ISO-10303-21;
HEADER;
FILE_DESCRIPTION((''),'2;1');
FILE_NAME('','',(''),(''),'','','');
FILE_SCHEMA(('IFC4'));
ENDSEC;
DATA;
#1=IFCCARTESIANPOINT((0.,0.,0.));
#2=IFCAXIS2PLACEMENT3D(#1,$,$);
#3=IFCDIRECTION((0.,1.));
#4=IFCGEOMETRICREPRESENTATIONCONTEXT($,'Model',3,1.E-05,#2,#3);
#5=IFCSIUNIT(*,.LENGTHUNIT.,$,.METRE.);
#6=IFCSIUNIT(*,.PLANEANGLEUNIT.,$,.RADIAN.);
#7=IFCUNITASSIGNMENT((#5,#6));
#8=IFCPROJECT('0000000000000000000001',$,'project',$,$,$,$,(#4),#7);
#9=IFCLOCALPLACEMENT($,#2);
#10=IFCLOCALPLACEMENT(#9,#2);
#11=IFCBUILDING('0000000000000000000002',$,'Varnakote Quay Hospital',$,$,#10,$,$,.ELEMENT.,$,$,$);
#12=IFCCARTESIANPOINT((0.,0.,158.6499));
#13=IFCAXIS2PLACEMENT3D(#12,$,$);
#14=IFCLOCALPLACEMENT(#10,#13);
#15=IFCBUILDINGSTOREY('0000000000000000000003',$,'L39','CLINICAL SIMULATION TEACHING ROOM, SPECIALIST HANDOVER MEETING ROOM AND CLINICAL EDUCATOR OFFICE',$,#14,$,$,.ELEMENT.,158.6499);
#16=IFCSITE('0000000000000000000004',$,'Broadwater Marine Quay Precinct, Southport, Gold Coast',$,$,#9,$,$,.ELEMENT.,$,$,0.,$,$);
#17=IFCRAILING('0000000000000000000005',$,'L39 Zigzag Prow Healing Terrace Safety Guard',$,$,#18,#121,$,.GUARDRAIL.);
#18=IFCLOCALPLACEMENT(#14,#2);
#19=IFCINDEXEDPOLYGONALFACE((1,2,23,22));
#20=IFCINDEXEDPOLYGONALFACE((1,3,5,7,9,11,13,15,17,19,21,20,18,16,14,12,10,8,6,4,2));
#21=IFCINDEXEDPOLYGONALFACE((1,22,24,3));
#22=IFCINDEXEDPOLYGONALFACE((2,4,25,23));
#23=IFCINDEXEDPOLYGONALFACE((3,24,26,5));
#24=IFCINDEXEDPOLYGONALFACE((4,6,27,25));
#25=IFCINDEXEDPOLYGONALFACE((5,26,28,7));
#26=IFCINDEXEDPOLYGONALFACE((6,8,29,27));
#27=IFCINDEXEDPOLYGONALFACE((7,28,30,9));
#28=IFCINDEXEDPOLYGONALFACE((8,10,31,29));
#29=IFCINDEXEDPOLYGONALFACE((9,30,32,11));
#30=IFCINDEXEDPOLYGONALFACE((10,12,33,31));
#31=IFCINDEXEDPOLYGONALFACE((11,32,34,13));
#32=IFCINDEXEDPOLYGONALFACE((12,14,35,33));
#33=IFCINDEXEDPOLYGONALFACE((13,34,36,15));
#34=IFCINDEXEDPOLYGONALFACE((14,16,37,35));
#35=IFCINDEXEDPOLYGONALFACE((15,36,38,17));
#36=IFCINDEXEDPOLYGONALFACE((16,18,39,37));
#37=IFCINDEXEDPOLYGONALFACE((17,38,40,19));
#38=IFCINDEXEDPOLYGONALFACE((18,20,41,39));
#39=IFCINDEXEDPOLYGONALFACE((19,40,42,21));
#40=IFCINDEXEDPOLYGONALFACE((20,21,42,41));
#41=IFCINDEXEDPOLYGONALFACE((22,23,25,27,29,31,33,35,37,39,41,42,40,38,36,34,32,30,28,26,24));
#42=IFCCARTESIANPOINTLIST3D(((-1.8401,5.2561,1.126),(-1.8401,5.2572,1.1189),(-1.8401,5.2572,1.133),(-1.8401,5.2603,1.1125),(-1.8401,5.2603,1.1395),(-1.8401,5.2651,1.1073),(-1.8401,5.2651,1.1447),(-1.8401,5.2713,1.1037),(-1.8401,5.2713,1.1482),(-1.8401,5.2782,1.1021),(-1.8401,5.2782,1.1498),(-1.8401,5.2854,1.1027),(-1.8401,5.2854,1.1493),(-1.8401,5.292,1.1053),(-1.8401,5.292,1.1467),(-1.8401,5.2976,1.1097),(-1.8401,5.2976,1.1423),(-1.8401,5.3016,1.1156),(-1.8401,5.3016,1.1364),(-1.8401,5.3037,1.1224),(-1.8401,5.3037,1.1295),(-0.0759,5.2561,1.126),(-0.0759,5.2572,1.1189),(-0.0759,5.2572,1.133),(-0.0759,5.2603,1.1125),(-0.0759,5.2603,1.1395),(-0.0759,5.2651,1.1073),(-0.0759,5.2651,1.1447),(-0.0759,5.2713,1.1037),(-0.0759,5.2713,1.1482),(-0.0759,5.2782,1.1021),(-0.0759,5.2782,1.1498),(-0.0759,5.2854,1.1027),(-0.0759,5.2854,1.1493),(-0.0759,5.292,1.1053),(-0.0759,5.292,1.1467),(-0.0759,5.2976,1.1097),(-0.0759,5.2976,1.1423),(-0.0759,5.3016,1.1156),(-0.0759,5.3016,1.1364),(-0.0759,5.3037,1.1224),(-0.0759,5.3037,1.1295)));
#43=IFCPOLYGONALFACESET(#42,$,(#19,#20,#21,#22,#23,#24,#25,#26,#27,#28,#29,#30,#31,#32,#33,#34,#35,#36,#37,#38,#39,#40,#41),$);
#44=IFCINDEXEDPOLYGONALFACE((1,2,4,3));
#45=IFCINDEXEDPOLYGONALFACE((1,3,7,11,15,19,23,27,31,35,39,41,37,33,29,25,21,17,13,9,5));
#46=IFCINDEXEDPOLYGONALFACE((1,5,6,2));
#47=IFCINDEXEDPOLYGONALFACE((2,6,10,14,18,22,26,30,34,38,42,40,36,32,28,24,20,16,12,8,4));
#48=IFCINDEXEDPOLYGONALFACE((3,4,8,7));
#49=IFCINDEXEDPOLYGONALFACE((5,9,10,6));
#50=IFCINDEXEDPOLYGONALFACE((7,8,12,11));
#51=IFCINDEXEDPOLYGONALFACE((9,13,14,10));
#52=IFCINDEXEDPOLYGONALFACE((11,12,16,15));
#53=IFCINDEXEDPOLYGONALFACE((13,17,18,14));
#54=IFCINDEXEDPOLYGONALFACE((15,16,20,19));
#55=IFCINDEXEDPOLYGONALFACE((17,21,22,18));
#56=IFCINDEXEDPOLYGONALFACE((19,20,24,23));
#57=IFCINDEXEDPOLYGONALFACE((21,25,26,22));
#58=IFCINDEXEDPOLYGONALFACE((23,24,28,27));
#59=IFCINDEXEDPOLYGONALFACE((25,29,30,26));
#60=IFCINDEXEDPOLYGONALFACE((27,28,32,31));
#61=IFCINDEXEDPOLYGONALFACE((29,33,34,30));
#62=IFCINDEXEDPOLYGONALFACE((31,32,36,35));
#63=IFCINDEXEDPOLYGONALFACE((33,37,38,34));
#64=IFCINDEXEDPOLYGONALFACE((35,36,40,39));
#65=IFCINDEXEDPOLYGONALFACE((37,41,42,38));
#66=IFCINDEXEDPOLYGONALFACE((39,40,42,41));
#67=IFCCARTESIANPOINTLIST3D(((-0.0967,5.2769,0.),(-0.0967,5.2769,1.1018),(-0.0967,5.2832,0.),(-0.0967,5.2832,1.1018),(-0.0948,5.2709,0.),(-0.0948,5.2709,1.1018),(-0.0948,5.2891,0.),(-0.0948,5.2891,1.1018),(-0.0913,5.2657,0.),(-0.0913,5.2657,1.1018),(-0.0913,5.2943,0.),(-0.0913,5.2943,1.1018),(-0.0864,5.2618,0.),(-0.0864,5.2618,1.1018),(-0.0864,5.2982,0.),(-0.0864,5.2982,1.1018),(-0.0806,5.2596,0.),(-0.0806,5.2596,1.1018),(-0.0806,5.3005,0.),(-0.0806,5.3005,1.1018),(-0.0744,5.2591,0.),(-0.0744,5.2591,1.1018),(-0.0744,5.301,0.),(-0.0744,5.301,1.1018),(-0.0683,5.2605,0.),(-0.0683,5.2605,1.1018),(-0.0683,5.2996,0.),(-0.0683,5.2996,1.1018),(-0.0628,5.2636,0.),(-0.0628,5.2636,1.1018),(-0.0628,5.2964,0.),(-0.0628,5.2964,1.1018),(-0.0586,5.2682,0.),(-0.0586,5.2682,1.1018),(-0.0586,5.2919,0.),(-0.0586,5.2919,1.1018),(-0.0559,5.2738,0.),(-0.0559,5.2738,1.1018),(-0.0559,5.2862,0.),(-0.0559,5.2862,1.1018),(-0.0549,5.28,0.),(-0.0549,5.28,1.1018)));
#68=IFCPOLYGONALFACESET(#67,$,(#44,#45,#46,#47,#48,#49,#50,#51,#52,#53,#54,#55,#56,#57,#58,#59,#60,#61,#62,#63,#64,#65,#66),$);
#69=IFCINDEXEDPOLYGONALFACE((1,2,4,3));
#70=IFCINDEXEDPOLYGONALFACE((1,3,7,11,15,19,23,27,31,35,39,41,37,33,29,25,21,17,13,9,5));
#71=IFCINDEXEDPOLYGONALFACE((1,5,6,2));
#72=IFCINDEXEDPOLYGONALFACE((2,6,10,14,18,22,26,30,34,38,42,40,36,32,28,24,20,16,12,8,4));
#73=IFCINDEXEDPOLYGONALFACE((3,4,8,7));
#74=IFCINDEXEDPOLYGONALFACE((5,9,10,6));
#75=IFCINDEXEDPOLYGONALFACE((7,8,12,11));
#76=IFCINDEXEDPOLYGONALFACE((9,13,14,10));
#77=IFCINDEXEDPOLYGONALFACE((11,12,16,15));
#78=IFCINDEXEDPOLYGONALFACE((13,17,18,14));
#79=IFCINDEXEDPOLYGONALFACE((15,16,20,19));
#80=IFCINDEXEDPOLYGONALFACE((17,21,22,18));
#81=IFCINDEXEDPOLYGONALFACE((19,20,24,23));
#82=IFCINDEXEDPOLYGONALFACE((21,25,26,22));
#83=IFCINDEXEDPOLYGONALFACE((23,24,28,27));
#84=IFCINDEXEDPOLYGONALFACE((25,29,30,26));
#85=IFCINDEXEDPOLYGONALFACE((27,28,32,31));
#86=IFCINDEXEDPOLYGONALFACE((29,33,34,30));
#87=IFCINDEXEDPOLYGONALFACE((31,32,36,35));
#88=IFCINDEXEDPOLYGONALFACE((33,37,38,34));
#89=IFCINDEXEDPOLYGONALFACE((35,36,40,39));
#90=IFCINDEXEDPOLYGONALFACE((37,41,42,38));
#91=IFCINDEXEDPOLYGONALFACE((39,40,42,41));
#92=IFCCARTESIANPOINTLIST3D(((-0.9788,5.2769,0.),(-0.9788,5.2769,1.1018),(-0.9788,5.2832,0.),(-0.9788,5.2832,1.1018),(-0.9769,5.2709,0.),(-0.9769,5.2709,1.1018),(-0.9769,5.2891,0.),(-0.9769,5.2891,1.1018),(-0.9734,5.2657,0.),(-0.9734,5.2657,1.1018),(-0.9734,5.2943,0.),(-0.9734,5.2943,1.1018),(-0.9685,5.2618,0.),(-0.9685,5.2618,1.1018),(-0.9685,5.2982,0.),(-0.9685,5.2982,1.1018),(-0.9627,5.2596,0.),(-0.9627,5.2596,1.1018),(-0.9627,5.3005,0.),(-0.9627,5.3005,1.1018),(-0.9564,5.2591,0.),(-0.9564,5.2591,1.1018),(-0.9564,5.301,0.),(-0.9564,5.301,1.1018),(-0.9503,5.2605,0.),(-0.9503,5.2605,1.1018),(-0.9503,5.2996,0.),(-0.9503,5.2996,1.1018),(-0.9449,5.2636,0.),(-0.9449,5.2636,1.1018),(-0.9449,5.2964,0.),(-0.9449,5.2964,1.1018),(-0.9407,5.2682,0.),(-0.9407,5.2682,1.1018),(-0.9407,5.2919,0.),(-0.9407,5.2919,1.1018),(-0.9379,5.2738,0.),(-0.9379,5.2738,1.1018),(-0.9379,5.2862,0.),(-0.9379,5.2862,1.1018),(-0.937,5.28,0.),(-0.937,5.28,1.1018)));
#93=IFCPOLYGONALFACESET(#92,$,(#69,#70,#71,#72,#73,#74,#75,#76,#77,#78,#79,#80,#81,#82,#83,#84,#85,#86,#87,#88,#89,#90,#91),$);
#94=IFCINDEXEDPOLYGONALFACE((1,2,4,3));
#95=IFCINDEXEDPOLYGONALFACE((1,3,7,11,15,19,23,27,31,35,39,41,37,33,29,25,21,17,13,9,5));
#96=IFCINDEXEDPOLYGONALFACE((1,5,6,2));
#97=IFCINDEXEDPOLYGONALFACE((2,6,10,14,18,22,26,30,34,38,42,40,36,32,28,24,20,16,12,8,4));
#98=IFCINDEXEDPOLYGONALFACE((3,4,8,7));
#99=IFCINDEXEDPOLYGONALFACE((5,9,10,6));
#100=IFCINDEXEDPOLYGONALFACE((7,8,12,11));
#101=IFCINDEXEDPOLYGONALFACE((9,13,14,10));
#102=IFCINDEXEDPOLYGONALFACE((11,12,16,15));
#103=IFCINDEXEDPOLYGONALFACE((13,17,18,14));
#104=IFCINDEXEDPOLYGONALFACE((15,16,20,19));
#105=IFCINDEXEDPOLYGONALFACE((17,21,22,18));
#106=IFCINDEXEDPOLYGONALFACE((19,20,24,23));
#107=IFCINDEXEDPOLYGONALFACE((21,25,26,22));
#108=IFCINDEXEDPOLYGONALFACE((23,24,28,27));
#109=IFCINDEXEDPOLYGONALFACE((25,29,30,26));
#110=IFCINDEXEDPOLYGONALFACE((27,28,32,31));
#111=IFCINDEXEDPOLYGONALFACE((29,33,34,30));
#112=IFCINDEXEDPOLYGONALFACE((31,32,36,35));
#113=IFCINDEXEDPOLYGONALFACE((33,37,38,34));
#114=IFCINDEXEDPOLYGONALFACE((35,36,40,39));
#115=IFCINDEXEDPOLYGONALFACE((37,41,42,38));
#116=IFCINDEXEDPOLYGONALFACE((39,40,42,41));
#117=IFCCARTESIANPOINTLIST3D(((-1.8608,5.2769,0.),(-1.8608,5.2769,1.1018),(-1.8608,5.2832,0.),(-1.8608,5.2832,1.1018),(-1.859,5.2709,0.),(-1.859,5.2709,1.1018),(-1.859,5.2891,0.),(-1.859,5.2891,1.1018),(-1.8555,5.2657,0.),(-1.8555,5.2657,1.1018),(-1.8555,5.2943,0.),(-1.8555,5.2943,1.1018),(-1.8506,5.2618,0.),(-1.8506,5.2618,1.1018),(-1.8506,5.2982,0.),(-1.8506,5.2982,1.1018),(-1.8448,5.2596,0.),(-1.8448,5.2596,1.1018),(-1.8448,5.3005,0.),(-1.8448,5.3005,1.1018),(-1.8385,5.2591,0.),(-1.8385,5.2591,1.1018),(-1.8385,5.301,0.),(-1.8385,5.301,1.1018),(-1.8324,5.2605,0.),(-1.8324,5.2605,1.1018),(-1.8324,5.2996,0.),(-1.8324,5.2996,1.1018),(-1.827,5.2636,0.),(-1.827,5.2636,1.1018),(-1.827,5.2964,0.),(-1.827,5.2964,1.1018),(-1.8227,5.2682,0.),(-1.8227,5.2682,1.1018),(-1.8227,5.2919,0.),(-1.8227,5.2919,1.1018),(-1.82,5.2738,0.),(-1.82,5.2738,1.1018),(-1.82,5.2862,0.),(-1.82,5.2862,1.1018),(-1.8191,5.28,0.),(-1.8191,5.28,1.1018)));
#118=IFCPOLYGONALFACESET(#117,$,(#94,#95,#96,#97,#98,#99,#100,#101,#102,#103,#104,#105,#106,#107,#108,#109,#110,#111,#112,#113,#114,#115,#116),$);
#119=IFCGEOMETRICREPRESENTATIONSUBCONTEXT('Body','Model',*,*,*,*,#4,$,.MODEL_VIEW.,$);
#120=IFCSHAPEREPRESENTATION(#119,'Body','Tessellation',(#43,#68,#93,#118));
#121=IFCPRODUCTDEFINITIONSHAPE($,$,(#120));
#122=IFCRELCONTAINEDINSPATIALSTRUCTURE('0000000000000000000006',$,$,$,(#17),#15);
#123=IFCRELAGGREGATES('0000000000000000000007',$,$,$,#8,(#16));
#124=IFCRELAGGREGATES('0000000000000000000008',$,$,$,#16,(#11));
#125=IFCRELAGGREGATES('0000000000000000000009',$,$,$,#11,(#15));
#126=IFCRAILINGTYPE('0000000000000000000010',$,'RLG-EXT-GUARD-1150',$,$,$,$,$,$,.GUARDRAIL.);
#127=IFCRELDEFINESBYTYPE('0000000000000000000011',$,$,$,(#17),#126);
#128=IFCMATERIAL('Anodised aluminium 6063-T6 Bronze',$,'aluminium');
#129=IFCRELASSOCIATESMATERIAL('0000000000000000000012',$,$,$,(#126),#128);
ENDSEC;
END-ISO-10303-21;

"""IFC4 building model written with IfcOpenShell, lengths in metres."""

from ifc_helpers import new_model, si_unit, direction, frame, origin, origin_2d, place, context, subcontext, project, spatial, circle, extrude, material, type_object, element, save


model = new_model("IFC4")

# Units and contexts
model_context = context("Model", 3, precision=1e-05, world=origin(), true_north=direction((0.0, 1.0)))
body_context = subcontext(model_context, "Body", "Model", "MODEL_VIEW")
ifc_project = project(units=[si_unit("LENGTHUNIT", "METRE"), si_unit("PLANEANGLEUNIT", "RADIAN")], contexts=[model_context])

# Site, building, storey
site_placement = place(None, origin())
site = spatial("IfcSite", under=ifc_project, at=site_placement, Name="Broadwater Marine Quay Precinct, Southport, Gold Coast", CompositionType="ELEMENT", RefElevation=0.0)
building_placement = place(site_placement, origin())
building = spatial("IfcBuilding", under=site, at=building_placement, Name="Varnakote Quay Hospital", CompositionType="ELEMENT")
storey_placement = place(building_placement, frame((0.0, 0.0, 158.6499)))
storey = spatial("IfcBuildingStorey", under=building, at=storey_placement, Name="L39", Description="CLINICAL SIMULATION TEACHING ROOM, SPECIALIST HANDOVER MEETING ROOM AND CLINICAL EDUCATOR OFFICE", CompositionType="ELEMENT", Elevation=158.6499)

# Railing
ifc_material_1 = material(Name="Anodised aluminium 6063-T6 Bronze", Category="aluminium")
railing_type = type_object("IfcRailingType", Name="RLG-EXT-GUARD-1150", PredefinedType="GUARDRAIL", material=ifc_material_1)
railing_1_placement = place(storey_placement, frame((-0.0759, 5.28, 0.0)))
element("IfcRailing", 1, at=railing_1_placement, inside=storey, type_object=railing_type, Name="L39 Zigzag Prow Healing Terrace Safety Guard", PredefinedType="GUARDRAIL", context=body_context, shape_type="SweptSolid", body=[
    extrude(circle(Radius=0.0239, at=origin_2d()), frame((0.0, 0.0, 1.126), z_axis=(-1.0, 0.0, 0.0), x_axis=(0.0, -1.0, 0.0)), (0.0, 0.0, 1.0), 1.7642),
    extrude(circle(Radius=0.021, at=origin_2d()), origin(), (0.0, 0.0, 1.0), 1.1018),
    extrude(circle(Radius=0.021, at=origin_2d()), frame((-0.8821, 0.0, 0.0)), (0.0, 0.0, 1.0), 1.1018),
    extrude(circle(Radius=0.021, at=origin_2d()), frame((-1.7642, 0.0, 0.0)), (0.0, 0.0, 1.0), 1.1018),
])

save(model, "model.ifc")
